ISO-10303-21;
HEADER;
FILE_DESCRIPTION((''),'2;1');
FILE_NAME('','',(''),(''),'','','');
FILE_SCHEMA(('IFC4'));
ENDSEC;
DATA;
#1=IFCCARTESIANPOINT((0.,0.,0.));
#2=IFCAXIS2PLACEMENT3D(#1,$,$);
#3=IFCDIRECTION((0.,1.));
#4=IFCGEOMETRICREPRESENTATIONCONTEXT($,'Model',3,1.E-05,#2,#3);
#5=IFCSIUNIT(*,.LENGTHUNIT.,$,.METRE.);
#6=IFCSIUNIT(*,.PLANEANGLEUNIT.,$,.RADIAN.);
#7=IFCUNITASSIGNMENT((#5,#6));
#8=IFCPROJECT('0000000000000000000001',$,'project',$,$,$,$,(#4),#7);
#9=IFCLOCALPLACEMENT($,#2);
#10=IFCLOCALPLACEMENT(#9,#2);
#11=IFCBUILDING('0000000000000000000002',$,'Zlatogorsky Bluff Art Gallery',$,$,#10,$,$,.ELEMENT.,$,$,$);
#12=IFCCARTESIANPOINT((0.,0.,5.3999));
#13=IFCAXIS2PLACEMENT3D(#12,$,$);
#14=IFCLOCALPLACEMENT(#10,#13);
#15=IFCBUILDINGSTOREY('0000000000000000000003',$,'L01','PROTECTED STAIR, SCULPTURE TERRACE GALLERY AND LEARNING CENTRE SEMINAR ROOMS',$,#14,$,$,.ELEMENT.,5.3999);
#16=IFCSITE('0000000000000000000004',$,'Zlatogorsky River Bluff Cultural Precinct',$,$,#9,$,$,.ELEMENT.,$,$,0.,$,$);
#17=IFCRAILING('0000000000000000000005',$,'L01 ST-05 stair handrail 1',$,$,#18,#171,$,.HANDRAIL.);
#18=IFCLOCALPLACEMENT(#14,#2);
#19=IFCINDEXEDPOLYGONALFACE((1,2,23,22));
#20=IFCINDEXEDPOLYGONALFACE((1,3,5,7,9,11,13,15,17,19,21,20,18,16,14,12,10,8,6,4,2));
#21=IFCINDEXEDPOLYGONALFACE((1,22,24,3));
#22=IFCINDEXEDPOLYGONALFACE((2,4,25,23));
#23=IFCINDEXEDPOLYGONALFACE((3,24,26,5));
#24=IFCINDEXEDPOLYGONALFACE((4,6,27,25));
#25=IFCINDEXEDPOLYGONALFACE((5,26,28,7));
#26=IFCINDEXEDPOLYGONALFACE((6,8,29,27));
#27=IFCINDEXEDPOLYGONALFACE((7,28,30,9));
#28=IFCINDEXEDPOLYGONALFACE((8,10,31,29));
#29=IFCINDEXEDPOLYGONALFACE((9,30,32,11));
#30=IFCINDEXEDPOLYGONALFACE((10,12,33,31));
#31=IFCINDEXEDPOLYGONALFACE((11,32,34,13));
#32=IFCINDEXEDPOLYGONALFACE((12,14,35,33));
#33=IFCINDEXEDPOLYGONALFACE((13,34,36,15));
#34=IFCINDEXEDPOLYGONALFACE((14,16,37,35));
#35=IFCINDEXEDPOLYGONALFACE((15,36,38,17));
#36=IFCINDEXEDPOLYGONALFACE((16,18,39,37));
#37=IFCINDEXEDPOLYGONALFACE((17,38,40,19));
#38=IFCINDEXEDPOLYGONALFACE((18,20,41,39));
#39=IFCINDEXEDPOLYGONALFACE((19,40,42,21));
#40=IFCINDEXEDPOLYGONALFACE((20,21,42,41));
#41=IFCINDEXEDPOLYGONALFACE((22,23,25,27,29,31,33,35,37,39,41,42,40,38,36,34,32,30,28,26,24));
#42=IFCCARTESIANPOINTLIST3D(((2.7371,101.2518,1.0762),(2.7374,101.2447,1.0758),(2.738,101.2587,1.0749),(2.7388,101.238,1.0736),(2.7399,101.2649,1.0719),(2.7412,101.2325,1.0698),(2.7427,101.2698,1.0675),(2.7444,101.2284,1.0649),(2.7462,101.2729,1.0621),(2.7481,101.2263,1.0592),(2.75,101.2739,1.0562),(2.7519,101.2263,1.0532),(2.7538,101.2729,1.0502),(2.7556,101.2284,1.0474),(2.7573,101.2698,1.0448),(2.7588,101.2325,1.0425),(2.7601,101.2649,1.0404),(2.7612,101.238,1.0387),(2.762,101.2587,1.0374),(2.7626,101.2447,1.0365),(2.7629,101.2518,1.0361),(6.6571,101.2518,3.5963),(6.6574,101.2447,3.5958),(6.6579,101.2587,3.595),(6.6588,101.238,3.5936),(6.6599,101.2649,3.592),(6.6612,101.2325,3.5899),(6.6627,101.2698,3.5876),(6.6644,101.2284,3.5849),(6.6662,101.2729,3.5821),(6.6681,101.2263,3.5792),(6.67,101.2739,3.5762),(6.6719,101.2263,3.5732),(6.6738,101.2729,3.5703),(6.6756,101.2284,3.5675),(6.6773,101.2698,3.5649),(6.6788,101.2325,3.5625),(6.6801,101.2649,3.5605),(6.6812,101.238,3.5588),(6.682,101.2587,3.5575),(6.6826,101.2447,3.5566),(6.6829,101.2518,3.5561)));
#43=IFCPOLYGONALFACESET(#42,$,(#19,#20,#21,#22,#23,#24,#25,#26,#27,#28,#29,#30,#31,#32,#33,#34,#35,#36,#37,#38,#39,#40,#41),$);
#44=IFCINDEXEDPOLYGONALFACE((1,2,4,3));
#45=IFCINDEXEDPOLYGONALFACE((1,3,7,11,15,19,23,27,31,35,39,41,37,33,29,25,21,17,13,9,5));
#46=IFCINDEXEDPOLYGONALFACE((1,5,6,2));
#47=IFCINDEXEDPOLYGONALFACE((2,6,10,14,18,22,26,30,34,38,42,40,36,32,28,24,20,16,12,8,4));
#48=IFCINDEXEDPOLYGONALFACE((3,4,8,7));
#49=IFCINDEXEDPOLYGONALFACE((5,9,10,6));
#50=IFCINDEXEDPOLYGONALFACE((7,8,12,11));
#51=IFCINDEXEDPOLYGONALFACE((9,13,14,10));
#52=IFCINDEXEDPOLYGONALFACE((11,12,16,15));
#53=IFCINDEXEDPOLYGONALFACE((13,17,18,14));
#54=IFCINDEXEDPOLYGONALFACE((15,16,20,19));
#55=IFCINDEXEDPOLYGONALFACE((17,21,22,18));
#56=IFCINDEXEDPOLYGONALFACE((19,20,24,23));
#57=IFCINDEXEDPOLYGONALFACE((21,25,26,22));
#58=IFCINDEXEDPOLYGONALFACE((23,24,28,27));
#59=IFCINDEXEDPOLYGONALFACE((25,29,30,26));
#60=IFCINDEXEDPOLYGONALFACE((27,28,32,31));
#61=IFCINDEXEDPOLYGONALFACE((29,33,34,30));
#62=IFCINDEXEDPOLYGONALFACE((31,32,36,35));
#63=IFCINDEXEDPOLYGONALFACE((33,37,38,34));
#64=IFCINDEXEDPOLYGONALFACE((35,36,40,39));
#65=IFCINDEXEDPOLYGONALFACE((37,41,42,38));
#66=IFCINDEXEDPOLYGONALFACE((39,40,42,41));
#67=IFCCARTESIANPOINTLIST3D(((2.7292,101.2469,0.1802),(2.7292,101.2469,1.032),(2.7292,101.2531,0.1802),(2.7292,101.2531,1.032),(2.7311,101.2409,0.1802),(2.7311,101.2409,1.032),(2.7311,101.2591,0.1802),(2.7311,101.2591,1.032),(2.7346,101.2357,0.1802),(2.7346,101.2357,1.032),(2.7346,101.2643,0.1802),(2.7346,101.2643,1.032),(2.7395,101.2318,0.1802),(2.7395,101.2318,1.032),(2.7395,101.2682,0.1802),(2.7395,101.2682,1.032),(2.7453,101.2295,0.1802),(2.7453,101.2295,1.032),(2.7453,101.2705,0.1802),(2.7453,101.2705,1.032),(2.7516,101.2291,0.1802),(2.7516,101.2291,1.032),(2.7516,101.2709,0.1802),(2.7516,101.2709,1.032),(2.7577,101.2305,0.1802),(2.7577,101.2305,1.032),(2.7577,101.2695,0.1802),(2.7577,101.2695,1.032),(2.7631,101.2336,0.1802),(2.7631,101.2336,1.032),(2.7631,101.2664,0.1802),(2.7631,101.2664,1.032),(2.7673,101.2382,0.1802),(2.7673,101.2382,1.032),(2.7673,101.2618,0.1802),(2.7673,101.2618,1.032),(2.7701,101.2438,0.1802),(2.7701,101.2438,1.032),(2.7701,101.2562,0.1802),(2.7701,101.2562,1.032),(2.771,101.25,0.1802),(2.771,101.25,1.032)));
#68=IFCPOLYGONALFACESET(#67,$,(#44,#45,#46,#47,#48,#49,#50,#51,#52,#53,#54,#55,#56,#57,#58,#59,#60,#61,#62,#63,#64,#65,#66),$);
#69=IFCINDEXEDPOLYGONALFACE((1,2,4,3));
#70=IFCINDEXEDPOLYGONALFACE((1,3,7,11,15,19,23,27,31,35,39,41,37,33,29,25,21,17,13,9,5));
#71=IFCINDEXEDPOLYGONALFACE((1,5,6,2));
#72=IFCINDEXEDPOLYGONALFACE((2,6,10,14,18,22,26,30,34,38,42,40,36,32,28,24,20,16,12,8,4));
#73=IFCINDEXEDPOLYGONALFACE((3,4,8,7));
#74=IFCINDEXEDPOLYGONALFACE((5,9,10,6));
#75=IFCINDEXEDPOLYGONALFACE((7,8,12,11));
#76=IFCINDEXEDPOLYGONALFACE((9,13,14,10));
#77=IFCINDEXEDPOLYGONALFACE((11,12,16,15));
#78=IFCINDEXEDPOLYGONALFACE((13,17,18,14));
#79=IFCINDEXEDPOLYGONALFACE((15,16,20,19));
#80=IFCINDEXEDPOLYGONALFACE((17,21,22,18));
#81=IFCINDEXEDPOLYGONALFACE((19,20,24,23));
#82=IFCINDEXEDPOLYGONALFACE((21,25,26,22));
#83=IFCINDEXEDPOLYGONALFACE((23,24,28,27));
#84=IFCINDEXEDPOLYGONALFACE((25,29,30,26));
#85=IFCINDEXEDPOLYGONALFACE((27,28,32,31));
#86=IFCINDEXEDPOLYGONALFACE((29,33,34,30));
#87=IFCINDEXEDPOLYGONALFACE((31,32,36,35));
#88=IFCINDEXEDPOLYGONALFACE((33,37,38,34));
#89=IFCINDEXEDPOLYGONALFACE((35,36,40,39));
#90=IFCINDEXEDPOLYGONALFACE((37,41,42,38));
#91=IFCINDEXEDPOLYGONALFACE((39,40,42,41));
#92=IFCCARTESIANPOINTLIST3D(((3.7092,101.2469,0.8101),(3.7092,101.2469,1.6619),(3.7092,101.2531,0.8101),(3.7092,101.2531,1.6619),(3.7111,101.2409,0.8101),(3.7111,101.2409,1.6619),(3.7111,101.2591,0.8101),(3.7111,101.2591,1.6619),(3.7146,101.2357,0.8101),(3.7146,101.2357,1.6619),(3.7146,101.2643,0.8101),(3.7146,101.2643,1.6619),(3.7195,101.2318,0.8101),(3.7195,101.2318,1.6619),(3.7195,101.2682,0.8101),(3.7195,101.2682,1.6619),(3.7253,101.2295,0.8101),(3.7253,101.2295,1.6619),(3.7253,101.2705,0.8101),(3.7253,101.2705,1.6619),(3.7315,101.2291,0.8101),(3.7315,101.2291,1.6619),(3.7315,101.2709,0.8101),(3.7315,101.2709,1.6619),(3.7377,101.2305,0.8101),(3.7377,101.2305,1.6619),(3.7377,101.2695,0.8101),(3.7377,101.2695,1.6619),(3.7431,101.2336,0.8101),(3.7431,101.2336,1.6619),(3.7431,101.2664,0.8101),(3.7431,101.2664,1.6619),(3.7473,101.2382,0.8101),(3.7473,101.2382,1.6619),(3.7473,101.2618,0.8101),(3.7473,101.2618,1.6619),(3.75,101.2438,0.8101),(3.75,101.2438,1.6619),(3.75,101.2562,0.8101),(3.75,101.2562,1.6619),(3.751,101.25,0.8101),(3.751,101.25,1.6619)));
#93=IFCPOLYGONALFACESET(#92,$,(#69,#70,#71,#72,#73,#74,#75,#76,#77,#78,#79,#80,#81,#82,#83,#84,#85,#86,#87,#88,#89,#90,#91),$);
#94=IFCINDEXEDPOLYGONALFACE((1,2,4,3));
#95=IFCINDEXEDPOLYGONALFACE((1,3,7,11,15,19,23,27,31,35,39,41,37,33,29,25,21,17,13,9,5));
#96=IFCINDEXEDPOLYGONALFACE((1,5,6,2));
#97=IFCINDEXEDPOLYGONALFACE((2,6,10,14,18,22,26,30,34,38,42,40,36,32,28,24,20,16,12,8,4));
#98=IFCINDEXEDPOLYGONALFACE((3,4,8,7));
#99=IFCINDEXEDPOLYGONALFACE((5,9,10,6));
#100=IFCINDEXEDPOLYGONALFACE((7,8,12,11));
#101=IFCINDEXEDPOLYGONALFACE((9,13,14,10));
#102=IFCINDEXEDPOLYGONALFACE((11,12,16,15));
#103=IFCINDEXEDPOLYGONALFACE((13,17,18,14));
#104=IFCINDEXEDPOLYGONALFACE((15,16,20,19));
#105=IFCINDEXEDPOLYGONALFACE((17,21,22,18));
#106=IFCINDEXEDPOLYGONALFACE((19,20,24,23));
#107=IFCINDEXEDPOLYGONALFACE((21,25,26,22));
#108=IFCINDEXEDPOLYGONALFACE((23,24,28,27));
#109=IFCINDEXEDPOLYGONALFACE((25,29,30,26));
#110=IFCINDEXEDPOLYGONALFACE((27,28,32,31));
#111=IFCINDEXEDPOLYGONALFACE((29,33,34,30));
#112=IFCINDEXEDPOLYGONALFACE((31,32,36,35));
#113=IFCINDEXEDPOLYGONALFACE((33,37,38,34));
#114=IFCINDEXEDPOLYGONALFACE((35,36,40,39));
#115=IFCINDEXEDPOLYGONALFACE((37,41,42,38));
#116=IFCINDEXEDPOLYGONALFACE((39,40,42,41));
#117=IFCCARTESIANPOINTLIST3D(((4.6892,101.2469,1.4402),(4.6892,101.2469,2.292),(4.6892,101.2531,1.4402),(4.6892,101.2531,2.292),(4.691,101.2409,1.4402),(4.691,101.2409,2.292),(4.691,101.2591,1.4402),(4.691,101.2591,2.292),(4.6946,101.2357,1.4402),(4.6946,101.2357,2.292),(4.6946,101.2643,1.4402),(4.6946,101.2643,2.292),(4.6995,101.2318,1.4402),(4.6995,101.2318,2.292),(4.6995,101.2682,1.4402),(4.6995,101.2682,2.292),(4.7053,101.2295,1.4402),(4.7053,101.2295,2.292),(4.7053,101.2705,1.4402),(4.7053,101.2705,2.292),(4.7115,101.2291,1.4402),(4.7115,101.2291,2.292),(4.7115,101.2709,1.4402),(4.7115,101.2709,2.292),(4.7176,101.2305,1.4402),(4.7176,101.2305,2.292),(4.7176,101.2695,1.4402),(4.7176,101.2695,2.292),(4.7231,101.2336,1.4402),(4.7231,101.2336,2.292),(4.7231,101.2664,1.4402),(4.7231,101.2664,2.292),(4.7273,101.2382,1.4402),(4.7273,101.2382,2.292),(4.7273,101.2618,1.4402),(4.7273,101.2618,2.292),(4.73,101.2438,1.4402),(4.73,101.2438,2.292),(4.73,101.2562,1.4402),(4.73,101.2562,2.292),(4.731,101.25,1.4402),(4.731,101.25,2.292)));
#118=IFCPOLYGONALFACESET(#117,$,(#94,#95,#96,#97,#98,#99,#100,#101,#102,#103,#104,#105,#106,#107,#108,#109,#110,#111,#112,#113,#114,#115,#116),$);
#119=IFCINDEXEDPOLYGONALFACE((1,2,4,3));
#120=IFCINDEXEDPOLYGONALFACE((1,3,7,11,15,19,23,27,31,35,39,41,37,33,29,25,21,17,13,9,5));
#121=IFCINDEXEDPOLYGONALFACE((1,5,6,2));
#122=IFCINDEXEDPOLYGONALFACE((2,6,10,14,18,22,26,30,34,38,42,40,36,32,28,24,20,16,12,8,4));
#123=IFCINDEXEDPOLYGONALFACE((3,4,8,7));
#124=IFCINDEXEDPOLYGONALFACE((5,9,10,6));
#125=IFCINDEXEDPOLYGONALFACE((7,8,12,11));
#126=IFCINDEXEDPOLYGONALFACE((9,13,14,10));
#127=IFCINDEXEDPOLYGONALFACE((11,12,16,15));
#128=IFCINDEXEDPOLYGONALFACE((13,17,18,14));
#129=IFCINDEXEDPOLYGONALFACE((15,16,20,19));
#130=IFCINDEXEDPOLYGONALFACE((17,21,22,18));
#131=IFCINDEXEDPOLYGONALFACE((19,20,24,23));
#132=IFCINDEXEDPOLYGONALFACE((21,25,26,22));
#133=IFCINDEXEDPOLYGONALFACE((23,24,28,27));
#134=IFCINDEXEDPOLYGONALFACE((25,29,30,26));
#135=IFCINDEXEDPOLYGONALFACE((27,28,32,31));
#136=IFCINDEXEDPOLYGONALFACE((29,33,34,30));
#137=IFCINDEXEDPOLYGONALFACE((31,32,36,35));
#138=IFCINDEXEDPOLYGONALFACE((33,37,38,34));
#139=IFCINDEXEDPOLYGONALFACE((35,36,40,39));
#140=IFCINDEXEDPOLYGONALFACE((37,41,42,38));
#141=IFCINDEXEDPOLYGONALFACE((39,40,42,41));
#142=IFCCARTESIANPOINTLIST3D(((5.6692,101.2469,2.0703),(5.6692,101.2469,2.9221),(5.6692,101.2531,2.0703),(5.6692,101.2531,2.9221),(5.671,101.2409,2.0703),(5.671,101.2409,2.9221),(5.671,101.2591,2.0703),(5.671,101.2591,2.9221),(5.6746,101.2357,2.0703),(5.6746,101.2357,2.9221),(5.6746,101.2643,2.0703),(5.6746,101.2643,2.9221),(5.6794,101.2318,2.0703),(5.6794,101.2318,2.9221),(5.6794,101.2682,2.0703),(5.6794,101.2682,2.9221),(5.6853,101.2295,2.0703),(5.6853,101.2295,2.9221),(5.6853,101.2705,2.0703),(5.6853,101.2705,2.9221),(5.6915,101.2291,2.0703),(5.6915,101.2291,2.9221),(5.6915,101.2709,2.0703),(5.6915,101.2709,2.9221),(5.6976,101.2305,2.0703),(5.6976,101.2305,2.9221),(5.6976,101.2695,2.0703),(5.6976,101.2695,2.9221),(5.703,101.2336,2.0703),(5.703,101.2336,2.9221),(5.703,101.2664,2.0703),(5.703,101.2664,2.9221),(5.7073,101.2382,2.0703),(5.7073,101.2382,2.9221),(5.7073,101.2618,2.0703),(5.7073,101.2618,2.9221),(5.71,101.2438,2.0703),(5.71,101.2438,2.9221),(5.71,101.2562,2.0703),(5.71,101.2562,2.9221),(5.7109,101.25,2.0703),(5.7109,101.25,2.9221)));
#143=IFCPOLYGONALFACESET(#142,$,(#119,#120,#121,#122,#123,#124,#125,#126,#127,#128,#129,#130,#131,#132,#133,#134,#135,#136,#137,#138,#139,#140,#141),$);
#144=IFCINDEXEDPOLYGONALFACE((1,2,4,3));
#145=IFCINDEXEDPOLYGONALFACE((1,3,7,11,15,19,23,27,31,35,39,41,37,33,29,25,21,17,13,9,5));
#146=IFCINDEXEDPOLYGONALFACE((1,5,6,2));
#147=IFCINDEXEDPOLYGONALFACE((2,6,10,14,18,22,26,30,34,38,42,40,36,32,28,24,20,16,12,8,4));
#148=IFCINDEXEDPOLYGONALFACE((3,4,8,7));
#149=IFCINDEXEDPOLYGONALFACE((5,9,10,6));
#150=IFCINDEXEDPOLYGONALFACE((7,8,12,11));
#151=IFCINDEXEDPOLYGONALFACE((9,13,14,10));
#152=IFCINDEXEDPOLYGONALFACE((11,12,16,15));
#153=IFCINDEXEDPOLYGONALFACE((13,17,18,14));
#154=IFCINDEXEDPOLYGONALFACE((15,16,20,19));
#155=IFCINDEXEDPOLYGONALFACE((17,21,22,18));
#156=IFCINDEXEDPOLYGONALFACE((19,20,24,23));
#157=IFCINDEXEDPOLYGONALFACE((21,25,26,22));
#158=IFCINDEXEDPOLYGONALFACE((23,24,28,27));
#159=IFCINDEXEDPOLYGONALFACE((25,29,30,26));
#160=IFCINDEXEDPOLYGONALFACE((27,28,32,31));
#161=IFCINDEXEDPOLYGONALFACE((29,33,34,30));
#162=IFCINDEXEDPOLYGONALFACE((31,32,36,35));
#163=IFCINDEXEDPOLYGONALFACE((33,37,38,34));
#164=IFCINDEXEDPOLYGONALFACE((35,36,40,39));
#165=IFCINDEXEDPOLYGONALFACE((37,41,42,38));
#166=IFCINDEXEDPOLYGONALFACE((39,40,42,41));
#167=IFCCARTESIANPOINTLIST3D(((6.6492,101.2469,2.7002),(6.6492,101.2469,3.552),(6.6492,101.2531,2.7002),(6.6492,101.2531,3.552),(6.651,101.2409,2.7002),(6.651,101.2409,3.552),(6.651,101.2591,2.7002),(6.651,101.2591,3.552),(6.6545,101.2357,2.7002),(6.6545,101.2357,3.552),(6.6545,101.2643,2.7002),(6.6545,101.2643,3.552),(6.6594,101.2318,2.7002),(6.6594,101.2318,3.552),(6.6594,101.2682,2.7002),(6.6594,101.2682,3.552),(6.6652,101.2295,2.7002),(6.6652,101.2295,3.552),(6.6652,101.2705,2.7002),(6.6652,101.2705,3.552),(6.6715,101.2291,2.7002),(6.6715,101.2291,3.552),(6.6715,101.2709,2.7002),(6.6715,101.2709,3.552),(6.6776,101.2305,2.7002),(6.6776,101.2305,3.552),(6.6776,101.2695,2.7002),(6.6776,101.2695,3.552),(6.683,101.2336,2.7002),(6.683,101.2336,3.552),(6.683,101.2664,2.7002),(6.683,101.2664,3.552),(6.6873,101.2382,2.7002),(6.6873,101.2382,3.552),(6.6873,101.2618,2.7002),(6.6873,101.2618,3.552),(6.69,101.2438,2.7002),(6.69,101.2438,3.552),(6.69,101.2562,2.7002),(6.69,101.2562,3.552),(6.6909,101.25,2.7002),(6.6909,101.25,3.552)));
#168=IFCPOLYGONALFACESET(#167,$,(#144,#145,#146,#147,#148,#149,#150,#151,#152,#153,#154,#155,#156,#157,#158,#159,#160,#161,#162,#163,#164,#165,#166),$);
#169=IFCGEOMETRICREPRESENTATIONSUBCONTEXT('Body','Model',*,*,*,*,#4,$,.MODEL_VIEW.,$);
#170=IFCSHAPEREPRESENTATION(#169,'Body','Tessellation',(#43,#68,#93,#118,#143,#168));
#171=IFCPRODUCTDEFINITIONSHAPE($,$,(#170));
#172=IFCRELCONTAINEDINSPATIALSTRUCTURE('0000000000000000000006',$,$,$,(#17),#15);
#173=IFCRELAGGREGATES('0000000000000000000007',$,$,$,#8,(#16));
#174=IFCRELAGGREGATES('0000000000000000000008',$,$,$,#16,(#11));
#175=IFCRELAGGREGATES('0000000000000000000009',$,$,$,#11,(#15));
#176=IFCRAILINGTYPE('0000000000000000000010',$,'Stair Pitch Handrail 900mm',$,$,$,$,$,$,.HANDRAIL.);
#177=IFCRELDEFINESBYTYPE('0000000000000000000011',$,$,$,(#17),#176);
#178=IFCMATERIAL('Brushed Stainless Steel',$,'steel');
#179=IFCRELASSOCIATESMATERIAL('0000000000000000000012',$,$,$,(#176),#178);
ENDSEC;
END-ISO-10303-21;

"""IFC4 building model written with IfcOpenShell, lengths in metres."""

from ifc_helpers import new_model, si_unit, direction, frame, origin, origin_2d, place, context, subcontext, project, spatial, circle, extrude, material, type_object, element, save


model = new_model("IFC4")

# Units and contexts
model_context = context("Model", 3, precision=1e-05, world=origin(), true_north=direction((0.0, 1.0)))
body_context = subcontext(model_context, "Body", "Model", "MODEL_VIEW")
ifc_project = project(units=[si_unit("LENGTHUNIT", "METRE"), si_unit("PLANEANGLEUNIT", "RADIAN")], contexts=[model_context])

# Site, building, storey
site_placement = place(None, origin())
site = spatial("IfcSite", under=ifc_project, at=site_placement, Name="Zlatogorsky River Bluff Cultural Precinct", CompositionType="ELEMENT", RefElevation=0.0)
building_placement = place(site_placement, origin())
building = spatial("IfcBuilding", under=site, at=building_placement, Name="Zlatogorsky Bluff Art Gallery", CompositionType="ELEMENT")
storey_placement = place(building_placement, frame((0.0, 0.0, 5.3999)))
storey = spatial("IfcBuildingStorey", under=building, at=storey_placement, Name="L01", Description="PROTECTED STAIR, SCULPTURE TERRACE GALLERY AND LEARNING CENTRE SEMINAR ROOMS", CompositionType="ELEMENT", Elevation=5.3999)

# Railing
ifc_material_1 = material(Name="Brushed Stainless Steel", Category="steel")
railing_type_1 = type_object("IfcRailingType", Name="Stair Pitch Handrail 900mm", PredefinedType="HANDRAIL", material=ifc_material_1)
railing_1_placement = place(storey_placement, frame((2.75, 101.25, 0.1802)))
element("IfcRailing", 1, at=railing_1_placement, inside=storey, type_object=railing_type_1, Name="L01 ST-05 stair handrail 1", PredefinedType="HANDRAIL", context=body_context, shape_type="SweptSolid", body=[
    extrude(circle(Radius=0.0239, at=origin_2d()), frame((0.0, 0.0, 0.876), z_axis=(0.841172, 0.0, 0.540768), x_axis=(0.0, 1.0, 0.0)), (0.0, 0.0, 1.0), 4.6602),
    extrude(circle(Radius=0.021, at=origin_2d()), origin(), (0.0, 0.0, 1.0), 0.8518),
    extrude(circle(Radius=0.021, at=origin_2d()), frame((0.98, 0.0, 0.6299)), (0.0, 0.0, 1.0), 0.8518),
    extrude(circle(Radius=0.021, at=origin_2d()), frame((1.96, 0.0, 1.26)), (0.0, 0.0, 1.0), 0.8518),
    extrude(circle(Radius=0.021, at=origin_2d()), frame((2.9399, 0.0, 1.8901)), (0.0, 0.0, 1.0), 0.8518),
    extrude(circle(Radius=0.021, at=origin_2d()), frame((3.9199, 0.0, 2.52)), (0.0, 0.0, 1.0), 0.8518),
])

save(model, "model.ifc")
